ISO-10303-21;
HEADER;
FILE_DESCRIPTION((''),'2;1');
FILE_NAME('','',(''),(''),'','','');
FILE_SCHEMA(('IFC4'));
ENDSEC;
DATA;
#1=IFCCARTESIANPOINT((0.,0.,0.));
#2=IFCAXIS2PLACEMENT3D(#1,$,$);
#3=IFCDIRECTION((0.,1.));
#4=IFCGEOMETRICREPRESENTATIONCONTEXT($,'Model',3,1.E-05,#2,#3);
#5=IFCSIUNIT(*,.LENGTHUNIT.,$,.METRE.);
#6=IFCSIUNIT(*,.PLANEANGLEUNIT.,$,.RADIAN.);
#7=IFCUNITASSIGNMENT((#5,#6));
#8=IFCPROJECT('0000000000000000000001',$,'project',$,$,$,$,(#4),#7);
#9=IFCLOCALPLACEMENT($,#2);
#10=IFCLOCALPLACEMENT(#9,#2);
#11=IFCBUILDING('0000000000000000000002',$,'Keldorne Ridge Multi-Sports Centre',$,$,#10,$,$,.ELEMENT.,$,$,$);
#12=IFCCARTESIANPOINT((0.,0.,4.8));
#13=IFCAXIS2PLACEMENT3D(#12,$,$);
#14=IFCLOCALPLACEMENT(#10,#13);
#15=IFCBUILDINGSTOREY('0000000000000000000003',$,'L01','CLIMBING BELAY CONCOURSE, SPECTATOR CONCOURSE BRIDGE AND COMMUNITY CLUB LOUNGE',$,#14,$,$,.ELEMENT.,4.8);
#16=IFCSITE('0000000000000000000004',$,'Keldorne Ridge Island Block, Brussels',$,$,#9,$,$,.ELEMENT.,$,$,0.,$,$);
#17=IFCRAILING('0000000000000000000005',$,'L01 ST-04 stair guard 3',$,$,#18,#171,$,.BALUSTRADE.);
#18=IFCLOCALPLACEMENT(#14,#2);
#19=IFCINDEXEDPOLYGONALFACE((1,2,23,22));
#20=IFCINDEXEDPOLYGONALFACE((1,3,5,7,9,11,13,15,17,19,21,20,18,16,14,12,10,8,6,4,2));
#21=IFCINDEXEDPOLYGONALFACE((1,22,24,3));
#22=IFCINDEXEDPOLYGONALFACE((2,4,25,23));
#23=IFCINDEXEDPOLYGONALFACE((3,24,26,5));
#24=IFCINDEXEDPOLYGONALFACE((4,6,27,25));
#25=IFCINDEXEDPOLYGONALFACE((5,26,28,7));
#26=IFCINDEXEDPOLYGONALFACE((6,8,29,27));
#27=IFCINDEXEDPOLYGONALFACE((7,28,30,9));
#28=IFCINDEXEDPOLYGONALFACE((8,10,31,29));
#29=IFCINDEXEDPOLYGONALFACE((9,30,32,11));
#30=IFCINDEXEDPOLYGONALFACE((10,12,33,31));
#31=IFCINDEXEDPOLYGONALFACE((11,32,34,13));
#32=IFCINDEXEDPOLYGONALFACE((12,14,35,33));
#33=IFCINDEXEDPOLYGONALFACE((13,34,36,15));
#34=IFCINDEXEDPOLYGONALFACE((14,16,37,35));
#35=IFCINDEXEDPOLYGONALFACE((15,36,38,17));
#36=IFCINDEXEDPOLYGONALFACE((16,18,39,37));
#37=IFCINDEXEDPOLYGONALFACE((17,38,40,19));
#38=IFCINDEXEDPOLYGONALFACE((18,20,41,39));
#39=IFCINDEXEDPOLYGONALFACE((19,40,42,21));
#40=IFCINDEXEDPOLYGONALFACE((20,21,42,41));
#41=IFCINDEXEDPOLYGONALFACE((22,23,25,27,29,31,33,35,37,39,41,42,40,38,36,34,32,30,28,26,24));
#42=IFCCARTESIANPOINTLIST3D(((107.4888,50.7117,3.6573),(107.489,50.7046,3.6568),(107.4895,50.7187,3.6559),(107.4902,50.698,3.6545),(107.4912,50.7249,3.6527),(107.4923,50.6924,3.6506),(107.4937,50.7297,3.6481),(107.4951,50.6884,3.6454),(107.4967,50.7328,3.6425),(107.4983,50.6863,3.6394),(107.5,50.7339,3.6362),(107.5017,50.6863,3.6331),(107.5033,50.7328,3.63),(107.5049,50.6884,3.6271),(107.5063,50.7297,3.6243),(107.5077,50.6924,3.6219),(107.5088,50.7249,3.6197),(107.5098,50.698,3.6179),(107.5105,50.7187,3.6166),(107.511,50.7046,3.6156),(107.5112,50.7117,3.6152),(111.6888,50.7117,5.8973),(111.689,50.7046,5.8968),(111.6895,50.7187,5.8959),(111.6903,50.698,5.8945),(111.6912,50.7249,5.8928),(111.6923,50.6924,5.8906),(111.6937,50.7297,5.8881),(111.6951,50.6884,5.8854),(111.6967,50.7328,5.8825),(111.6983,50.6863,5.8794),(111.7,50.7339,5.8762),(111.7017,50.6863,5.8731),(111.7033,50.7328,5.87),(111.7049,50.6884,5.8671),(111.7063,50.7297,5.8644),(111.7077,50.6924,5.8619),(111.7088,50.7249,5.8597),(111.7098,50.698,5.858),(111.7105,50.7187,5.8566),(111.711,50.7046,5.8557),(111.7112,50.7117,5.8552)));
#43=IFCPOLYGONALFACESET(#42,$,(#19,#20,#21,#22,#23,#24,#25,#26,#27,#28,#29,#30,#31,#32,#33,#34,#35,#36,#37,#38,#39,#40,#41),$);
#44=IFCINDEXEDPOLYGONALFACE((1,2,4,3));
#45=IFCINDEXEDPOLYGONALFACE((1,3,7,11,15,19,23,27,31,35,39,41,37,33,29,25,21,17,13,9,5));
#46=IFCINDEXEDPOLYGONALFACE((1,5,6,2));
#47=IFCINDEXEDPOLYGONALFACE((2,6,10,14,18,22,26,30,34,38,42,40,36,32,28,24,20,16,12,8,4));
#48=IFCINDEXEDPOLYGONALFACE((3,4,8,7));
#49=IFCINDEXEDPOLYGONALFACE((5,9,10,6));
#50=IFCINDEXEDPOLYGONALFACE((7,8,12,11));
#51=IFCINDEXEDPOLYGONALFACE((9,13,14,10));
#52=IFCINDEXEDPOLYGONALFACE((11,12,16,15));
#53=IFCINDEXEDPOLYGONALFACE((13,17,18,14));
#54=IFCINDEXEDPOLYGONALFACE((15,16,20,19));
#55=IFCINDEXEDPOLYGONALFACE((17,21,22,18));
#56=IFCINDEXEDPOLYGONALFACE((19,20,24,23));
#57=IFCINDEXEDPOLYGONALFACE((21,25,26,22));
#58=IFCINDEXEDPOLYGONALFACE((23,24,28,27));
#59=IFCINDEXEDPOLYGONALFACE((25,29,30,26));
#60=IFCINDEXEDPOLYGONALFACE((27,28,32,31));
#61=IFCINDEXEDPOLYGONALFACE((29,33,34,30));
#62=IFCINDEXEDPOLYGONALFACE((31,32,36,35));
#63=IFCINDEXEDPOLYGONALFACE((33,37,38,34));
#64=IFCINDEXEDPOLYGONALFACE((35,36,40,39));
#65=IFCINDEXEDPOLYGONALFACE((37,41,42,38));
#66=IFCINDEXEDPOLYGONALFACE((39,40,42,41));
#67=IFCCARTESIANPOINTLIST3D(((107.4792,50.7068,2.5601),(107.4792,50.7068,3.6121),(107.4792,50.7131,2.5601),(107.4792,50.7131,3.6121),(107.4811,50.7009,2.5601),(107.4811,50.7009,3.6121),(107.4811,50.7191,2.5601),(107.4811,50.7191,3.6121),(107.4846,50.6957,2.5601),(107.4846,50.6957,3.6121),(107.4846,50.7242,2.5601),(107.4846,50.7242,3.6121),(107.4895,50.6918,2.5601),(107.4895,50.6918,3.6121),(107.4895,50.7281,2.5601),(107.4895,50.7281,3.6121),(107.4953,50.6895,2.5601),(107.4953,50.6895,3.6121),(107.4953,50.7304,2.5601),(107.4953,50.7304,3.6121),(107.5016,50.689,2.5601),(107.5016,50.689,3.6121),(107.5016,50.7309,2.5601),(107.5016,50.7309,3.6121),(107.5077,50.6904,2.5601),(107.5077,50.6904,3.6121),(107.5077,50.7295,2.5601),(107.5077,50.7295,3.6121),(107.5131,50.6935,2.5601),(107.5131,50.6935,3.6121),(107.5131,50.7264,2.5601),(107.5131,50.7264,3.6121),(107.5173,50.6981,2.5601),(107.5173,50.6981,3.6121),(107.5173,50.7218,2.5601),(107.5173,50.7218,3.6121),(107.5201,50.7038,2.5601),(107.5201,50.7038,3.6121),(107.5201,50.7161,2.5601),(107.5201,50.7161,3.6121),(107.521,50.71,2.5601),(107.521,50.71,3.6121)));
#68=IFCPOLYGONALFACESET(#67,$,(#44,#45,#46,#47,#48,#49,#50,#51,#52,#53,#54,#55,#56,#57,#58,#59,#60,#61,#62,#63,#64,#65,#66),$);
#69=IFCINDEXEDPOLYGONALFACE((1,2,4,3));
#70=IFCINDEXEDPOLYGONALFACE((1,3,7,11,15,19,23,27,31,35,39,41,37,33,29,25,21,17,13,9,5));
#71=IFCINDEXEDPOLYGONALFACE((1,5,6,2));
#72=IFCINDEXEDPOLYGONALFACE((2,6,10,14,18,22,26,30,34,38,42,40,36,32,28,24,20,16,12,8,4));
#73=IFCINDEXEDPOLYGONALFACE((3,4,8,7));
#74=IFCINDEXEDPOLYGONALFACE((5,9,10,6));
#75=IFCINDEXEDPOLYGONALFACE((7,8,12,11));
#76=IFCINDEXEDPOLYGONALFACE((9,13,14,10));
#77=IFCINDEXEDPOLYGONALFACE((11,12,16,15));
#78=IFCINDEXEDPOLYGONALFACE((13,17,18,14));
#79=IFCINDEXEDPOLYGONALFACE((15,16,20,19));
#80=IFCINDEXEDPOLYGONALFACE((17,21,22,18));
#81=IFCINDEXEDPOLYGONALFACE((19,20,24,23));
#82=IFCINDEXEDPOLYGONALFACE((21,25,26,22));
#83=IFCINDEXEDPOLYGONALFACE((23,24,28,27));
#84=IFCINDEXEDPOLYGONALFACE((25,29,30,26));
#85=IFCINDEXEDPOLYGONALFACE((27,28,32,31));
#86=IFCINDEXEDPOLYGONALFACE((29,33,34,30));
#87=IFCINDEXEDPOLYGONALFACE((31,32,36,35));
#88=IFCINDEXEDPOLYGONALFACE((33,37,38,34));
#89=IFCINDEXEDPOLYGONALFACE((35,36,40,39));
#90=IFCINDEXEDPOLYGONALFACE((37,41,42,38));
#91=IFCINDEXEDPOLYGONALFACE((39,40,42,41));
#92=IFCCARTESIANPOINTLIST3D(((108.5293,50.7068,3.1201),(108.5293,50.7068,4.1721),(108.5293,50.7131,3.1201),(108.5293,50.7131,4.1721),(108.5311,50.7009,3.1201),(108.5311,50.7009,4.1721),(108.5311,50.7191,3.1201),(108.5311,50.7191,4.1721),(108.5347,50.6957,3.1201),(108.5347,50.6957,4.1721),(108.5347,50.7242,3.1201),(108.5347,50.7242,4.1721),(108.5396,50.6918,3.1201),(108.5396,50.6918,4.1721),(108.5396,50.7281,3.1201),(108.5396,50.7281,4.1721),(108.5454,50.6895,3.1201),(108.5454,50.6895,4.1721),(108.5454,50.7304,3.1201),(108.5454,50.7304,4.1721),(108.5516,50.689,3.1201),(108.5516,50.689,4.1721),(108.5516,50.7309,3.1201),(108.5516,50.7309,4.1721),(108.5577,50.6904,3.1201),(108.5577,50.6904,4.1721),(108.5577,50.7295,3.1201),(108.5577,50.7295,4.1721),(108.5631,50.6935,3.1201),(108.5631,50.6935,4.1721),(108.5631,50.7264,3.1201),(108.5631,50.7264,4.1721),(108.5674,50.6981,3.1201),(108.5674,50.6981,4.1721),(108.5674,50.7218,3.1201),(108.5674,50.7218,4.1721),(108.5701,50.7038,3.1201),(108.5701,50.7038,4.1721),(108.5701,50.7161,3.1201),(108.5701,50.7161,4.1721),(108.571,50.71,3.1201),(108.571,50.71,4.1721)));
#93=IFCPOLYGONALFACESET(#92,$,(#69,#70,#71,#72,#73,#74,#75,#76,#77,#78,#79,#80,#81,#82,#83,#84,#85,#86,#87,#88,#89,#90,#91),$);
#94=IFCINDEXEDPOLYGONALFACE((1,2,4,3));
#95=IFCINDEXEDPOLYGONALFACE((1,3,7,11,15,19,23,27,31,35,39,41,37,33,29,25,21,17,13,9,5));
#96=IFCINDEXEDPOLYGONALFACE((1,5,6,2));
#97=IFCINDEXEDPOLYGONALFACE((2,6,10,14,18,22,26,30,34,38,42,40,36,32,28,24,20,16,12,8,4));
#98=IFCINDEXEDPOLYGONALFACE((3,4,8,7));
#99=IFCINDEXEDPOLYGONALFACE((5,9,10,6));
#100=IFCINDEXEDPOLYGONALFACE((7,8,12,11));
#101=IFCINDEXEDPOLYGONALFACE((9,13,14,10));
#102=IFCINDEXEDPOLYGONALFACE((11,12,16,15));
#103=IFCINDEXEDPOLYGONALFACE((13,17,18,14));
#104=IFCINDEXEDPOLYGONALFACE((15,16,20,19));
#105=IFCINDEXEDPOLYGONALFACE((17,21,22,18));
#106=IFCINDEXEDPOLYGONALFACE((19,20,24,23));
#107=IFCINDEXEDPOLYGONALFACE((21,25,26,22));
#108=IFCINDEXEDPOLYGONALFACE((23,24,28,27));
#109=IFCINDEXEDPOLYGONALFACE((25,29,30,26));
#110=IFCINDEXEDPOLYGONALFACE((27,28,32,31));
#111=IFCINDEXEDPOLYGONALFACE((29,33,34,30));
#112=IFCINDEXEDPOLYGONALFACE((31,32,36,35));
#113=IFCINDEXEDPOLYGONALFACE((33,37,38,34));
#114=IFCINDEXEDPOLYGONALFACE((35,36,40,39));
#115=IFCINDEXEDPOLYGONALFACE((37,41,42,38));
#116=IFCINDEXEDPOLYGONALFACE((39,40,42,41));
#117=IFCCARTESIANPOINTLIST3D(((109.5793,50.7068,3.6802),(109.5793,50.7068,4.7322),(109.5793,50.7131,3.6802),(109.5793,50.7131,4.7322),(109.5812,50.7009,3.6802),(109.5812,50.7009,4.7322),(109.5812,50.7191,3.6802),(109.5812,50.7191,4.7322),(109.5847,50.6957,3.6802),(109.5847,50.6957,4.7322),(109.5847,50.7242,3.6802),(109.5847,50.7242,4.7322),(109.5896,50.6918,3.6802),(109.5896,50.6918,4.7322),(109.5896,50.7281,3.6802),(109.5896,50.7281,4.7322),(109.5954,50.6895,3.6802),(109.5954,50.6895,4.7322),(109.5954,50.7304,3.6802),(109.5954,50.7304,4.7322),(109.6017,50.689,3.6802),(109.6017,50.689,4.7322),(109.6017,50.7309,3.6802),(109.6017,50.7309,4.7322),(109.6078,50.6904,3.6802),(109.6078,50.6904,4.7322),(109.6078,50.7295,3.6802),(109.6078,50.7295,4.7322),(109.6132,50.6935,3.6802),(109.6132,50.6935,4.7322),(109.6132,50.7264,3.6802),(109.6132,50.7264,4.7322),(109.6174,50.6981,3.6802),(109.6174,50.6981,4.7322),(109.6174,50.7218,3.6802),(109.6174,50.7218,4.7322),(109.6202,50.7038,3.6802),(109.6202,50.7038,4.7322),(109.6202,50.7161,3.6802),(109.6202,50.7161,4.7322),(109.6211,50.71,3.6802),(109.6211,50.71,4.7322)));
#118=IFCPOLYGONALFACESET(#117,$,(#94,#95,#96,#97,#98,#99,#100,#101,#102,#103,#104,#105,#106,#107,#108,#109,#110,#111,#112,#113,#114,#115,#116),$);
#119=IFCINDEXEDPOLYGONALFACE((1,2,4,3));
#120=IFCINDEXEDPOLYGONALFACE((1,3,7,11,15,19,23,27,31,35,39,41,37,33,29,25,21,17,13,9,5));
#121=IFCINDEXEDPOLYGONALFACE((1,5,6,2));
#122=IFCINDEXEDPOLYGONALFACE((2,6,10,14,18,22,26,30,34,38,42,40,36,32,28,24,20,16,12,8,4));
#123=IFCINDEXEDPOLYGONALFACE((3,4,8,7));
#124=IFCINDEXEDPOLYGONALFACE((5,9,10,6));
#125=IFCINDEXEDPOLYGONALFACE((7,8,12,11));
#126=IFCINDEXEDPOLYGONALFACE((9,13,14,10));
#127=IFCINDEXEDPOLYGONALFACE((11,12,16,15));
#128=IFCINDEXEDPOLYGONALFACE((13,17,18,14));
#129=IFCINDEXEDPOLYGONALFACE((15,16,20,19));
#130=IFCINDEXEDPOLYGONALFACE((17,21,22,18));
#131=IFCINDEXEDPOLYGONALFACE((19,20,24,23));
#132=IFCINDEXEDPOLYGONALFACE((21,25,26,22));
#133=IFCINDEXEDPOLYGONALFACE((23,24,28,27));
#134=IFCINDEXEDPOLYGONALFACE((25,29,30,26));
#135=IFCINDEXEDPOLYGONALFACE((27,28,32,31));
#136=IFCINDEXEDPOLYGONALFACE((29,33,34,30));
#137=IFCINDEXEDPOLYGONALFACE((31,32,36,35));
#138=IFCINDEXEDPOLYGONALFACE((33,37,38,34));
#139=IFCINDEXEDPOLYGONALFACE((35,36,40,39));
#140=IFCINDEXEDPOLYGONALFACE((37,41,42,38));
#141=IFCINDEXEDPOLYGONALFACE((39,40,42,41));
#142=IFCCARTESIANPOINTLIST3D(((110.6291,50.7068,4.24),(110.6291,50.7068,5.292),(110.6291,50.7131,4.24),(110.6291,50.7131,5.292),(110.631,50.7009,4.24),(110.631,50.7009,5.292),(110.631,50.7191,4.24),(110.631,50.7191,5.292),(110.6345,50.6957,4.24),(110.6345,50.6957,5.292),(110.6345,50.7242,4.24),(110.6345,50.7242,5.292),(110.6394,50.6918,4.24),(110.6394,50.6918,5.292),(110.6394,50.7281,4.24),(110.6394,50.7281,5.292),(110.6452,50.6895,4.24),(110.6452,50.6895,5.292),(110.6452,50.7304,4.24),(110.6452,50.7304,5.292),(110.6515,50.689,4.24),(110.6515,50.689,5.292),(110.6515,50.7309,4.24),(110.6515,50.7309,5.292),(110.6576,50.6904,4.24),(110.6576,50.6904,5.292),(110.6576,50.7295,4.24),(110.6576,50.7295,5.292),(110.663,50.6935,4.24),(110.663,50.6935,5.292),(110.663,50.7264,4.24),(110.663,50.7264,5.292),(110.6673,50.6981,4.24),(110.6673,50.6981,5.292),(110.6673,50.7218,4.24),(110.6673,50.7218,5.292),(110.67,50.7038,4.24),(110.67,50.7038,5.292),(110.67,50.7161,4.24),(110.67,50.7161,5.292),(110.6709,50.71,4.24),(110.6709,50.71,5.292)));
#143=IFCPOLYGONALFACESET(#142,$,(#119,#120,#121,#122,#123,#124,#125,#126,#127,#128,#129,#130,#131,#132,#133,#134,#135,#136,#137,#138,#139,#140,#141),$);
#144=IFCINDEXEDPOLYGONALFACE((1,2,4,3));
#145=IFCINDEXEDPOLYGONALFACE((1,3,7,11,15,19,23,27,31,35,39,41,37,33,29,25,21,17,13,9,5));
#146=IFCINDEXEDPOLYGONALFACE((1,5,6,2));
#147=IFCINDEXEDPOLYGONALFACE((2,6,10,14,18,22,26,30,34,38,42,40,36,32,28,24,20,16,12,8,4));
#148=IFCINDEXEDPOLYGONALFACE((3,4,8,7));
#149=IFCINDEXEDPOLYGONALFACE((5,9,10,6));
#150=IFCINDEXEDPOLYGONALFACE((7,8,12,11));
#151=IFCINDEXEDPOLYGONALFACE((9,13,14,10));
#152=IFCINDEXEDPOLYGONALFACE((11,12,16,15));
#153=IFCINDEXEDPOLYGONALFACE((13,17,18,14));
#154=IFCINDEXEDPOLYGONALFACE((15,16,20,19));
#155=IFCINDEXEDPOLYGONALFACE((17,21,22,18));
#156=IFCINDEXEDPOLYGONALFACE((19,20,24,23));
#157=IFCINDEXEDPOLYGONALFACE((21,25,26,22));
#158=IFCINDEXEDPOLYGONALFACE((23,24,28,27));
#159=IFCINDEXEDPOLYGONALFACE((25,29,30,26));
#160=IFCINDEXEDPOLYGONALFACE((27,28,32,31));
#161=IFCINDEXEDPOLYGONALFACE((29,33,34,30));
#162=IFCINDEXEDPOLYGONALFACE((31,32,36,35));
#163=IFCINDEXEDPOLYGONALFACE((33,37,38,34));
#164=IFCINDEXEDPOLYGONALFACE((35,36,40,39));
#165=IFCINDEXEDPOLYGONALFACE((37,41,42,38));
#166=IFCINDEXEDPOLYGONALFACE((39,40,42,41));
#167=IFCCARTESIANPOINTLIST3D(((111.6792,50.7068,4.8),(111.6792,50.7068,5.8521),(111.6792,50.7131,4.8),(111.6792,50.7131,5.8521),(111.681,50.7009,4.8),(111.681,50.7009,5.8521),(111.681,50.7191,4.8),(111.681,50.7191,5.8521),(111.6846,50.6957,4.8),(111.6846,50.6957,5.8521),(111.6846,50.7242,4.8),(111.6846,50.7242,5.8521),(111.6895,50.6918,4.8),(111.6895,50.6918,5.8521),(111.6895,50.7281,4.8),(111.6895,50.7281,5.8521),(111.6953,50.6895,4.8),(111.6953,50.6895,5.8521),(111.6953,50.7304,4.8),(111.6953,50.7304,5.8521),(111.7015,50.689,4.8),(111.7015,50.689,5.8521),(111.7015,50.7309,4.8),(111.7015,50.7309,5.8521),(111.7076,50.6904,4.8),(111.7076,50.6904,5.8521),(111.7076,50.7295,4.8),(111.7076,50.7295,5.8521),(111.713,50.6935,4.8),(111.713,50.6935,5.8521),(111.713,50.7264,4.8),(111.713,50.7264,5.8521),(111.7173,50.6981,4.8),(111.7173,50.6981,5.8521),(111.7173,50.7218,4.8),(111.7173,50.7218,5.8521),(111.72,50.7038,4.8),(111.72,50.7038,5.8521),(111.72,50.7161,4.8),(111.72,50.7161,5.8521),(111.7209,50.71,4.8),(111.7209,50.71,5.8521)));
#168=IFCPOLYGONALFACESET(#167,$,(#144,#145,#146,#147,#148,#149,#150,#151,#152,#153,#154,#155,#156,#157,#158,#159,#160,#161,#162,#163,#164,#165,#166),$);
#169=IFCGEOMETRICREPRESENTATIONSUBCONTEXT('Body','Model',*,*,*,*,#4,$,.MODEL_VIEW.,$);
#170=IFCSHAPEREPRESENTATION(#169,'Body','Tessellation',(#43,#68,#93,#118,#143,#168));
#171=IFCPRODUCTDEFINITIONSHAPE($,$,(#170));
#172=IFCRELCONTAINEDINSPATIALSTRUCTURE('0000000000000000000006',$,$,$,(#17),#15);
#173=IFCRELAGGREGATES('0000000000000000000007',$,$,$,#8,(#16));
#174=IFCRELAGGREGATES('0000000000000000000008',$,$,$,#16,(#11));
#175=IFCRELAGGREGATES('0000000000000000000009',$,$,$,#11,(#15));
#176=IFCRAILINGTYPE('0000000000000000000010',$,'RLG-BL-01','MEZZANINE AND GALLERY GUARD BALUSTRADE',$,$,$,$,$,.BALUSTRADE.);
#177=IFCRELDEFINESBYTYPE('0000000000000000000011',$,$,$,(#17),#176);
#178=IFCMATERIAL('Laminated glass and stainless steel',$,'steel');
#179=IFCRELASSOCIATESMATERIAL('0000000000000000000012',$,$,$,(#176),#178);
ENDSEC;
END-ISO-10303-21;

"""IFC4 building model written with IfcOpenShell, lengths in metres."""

from ifc_helpers import new_model, si_unit, direction, frame, origin, origin_2d, place, context, subcontext, project, spatial, circle, extrude, material, type_object, element, save


model = new_model("IFC4")

# Units and contexts
model_context = context("Model", 3, precision=1e-05, world=origin(), true_north=direction((0.0, 1.0)))
body_context = subcontext(model_context, "Body", "Model", "MODEL_VIEW")
ifc_project = project(units=[si_unit("LENGTHUNIT", "METRE"), si_unit("PLANEANGLEUNIT", "RADIAN")], contexts=[model_context])

# Site, building, storey
site_placement = place(None, origin())
site = spatial("IfcSite", under=ifc_project, at=site_placement, Name="Keldorne Ridge Island Block, Brussels", CompositionType="ELEMENT", RefElevation=0.0)
building_placement = place(site_placement, origin())
building = spatial("IfcBuilding", under=site, at=building_placement, Name="Keldorne Ridge Multi-Sports Centre", CompositionType="ELEMENT")
storey_placement = place(building_placement, frame((0.0, 0.0, 4.8)))
storey = spatial("IfcBuildingStorey", under=building, at=storey_placement, Name="L01", Description="CLIMBING BELAY CONCOURSE, SPECTATOR CONCOURSE BRIDGE AND COMMUNITY CLUB LOUNGE", CompositionType="ELEMENT", Elevation=4.8)

# Railing
ifc_material_1 = material(Name="Laminated glass and stainless steel", Category="steel")
railing_type_1 = type_object("IfcRailingType", Name="RLG-BL-01", Description="MEZZANINE AND GALLERY GUARD BALUSTRADE", PredefinedType="BALUSTRADE", material=ifc_material_1)
railing_1_placement = place(storey_placement, frame((107.5, 50.71, 2.5601)))
element("IfcRailing", 1, at=railing_1_placement, inside=storey, type_object=railing_type_1, Name="L01 ST-04 stair guard 3", PredefinedType="BALUSTRADE", context=body_context, shape_type="SweptSolid", body=[
    extrude(circle(Radius=0.0239, at=origin_2d()), frame((0.0, 0.0, 1.0762), z_axis=(0.882352, 0.0, 0.470591), x_axis=(0.0, 1.0, 0.0)), (0.0, 0.0, 1.0), 4.76),
    extrude(circle(Radius=0.021, at=origin_2d()), origin(), (0.0, 0.0, 1.0), 1.052),
    extrude(circle(Radius=0.021, at=origin_2d()), frame((1.05, 0.0, 0.5601)), (0.0, 0.0, 1.0), 1.052),
    extrude(circle(Radius=0.021, at=origin_2d()), frame((2.1001, 0.0, 1.1201)), (0.0, 0.0, 1.0), 1.052),
    extrude(circle(Radius=0.021, at=origin_2d()), frame((3.1499, 0.0, 1.6799)), (0.0, 0.0, 1.0), 1.052),
    extrude(circle(Radius=0.021, at=origin_2d()), frame((4.2, 0.0, 2.24)), (0.0, 0.0, 1.0), 1.052),
])

save(model, "model.ifc")
